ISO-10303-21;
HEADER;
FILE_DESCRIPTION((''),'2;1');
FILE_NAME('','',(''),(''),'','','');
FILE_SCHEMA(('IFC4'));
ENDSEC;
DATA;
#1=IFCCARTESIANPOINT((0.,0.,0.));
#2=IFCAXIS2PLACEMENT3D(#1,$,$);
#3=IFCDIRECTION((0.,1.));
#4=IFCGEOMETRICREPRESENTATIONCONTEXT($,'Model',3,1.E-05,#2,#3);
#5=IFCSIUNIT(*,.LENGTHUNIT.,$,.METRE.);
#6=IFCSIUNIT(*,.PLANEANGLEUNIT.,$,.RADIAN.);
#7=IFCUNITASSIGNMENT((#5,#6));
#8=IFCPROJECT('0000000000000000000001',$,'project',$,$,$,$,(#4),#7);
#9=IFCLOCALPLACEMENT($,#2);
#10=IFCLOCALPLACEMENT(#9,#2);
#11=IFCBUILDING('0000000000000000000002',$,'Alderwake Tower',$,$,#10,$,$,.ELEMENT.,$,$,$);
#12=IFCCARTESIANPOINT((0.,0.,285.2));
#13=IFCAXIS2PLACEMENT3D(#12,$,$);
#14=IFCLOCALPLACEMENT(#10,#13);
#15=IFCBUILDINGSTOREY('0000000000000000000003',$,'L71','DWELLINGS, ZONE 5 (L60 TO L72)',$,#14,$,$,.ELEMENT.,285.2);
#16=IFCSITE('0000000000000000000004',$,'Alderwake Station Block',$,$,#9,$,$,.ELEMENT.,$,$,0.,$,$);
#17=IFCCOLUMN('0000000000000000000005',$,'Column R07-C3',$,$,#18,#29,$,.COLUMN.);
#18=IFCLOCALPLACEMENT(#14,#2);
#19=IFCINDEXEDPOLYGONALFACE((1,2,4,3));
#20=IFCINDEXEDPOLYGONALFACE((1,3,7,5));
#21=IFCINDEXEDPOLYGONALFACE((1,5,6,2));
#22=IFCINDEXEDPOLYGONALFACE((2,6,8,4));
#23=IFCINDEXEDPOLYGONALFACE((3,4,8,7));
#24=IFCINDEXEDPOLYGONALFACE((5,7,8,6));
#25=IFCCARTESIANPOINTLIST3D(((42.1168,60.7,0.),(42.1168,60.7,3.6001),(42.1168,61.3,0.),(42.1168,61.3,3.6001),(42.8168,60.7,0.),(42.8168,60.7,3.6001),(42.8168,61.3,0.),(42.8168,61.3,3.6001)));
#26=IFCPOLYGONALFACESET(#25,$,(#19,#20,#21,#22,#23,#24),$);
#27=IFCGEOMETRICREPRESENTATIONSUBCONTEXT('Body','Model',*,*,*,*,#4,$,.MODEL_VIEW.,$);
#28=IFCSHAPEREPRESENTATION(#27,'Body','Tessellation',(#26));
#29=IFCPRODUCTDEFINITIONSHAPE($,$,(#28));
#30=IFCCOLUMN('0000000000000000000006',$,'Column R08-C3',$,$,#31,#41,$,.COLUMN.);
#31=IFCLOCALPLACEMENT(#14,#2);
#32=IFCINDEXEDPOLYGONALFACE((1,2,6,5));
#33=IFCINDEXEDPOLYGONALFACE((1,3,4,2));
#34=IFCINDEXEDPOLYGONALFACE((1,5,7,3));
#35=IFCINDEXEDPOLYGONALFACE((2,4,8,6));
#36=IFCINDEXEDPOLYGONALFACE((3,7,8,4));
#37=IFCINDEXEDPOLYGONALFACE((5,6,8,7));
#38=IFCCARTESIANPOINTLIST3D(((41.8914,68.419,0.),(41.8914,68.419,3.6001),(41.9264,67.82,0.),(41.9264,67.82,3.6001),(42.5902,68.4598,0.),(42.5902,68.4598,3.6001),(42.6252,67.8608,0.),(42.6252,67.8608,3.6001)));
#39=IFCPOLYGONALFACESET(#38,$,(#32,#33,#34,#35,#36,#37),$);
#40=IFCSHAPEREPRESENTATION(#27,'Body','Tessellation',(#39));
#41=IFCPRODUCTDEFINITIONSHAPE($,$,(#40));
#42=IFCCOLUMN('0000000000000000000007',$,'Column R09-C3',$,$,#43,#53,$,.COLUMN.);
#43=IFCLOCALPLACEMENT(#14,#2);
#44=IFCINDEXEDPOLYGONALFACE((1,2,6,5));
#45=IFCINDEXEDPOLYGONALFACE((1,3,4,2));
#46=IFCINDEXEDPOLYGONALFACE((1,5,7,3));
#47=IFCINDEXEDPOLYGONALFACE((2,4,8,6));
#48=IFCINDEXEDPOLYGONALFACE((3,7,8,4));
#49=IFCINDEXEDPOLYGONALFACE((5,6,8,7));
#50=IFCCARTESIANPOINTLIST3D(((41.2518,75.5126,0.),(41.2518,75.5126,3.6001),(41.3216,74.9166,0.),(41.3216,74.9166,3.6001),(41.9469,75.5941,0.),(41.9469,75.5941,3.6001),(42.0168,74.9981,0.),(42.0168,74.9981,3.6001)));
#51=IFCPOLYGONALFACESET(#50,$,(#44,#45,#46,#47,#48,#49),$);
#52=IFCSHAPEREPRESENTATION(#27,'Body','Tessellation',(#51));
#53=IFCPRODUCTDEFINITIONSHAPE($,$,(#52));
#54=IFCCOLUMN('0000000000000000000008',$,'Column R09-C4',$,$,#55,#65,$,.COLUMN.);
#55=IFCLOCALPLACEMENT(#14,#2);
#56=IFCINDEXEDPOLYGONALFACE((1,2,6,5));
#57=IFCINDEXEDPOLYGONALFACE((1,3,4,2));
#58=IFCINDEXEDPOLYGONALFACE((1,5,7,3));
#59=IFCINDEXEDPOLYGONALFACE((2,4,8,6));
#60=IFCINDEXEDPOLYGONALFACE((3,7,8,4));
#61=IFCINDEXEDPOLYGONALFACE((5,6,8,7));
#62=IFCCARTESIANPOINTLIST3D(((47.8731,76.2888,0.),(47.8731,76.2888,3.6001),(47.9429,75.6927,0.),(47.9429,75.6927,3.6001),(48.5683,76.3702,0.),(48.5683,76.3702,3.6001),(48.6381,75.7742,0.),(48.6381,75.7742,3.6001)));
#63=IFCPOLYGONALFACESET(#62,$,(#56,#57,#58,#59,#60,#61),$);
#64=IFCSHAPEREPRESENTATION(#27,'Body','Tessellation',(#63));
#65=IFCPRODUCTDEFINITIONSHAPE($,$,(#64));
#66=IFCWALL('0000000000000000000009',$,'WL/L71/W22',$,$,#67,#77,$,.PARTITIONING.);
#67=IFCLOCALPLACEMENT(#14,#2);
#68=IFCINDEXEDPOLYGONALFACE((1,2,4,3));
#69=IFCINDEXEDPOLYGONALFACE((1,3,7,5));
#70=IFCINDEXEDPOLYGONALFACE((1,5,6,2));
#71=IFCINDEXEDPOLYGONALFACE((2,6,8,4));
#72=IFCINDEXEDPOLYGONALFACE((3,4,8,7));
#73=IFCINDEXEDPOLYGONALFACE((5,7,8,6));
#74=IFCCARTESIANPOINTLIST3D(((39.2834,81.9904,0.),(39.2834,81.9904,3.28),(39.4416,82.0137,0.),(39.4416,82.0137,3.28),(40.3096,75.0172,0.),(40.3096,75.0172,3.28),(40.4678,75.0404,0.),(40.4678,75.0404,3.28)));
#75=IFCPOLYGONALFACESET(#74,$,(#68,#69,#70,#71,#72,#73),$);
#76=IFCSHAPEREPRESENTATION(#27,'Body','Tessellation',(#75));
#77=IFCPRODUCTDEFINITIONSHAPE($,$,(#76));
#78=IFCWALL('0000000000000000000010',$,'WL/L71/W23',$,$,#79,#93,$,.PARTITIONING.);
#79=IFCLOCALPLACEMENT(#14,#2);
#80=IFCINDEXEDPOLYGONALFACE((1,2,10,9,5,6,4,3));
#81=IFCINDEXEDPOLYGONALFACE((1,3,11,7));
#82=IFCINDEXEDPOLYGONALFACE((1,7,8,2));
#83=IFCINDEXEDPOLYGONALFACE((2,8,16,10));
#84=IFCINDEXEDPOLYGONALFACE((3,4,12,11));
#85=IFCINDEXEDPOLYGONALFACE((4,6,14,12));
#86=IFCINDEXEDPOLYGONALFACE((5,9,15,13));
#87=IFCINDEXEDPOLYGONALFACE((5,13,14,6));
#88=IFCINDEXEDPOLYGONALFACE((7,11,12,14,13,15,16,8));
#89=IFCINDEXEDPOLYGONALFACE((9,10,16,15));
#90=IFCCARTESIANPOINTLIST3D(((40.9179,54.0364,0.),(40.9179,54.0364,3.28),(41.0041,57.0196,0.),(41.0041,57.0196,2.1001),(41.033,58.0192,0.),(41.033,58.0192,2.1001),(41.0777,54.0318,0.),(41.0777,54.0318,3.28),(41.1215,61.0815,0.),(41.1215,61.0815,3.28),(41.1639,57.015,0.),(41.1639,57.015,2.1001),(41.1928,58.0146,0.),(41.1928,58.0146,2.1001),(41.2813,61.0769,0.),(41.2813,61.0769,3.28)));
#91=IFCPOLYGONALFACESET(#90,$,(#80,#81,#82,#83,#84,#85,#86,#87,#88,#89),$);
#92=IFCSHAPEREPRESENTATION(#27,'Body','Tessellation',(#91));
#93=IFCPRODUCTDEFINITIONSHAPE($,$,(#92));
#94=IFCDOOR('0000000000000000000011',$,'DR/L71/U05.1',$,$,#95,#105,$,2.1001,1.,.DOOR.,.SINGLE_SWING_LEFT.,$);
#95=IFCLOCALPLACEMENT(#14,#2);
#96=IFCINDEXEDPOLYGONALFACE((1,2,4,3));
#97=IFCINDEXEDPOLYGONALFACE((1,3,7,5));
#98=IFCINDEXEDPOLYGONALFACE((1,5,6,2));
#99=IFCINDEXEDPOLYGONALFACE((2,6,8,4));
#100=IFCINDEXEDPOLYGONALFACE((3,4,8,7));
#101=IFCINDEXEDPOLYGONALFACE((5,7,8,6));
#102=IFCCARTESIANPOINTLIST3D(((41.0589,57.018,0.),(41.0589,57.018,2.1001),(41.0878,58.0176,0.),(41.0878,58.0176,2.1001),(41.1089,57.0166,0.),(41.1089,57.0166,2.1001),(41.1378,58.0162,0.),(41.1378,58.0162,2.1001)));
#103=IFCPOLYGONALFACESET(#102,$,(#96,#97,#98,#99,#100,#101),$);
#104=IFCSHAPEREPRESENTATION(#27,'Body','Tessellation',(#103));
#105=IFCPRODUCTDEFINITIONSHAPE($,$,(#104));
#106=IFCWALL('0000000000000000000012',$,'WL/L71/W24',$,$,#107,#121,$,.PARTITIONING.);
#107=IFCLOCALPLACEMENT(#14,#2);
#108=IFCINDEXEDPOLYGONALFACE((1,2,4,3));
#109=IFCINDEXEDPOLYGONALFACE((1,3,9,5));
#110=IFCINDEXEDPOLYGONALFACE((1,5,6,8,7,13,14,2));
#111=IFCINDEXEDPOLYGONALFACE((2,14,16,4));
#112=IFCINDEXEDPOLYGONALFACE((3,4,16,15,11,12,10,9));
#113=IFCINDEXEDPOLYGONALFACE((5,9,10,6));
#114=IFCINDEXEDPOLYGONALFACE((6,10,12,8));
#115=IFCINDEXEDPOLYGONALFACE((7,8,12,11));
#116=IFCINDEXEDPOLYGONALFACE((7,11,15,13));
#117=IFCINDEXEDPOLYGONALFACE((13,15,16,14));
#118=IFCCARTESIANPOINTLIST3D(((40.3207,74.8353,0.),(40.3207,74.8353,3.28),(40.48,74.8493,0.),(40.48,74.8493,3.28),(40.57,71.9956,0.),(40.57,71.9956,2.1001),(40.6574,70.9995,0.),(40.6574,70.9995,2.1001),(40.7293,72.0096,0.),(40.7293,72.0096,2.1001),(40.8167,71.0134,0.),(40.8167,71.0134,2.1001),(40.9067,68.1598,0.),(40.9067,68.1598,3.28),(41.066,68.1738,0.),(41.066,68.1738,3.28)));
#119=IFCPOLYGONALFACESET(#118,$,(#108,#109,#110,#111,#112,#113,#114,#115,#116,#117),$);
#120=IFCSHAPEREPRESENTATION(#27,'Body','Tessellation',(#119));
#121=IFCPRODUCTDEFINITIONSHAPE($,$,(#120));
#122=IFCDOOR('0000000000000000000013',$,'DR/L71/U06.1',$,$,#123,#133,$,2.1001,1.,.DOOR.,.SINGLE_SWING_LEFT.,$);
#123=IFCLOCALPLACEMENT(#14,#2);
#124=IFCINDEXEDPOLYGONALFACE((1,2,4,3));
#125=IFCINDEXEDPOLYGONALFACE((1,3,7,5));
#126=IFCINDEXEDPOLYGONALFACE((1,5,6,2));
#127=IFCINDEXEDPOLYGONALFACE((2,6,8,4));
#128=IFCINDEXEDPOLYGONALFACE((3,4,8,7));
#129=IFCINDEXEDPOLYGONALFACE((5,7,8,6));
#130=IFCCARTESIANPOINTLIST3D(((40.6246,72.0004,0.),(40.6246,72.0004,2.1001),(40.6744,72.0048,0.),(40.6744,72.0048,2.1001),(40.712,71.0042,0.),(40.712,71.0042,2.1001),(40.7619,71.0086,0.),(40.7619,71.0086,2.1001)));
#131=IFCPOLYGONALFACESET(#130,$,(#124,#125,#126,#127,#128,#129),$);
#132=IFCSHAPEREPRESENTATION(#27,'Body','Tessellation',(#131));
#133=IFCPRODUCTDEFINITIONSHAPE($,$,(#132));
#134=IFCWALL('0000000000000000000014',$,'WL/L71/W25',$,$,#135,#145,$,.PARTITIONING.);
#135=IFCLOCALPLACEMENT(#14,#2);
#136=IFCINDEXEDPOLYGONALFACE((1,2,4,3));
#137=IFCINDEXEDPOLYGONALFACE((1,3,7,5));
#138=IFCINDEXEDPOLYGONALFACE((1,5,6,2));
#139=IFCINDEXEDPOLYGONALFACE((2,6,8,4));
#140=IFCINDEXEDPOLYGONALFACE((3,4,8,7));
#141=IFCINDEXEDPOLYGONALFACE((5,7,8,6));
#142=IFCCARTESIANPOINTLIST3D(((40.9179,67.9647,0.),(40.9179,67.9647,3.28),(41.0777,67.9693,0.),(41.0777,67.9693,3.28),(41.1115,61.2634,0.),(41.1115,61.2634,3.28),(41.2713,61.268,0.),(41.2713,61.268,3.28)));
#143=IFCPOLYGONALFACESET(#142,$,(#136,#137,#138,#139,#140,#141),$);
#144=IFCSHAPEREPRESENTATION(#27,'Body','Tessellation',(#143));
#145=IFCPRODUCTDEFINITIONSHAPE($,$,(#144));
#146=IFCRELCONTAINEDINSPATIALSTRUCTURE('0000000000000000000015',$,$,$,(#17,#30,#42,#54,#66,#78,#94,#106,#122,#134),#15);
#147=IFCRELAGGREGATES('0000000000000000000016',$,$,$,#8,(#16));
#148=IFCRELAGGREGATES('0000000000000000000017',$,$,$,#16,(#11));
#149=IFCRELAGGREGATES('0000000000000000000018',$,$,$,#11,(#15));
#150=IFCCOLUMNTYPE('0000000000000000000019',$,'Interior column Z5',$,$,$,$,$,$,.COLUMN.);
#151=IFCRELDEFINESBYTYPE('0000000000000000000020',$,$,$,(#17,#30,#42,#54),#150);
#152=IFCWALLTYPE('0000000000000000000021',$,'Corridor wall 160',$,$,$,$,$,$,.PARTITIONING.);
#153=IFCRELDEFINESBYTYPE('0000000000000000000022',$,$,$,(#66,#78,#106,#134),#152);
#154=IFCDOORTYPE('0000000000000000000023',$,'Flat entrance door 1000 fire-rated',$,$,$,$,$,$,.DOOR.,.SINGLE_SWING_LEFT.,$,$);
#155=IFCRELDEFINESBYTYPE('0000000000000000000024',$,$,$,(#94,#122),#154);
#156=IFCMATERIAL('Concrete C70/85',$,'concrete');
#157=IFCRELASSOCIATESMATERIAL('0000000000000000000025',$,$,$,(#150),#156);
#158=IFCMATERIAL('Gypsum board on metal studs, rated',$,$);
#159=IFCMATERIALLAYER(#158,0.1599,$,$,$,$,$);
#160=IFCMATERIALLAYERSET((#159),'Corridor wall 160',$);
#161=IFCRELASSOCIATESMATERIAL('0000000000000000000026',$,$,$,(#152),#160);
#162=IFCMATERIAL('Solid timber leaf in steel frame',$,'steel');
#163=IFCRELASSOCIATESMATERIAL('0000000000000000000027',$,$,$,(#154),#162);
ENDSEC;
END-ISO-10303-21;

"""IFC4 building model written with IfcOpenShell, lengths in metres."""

from ifc_helpers import new_model, si_unit, direction, frame, frame_2d, origin, origin_2d, place, context, subcontext, project, spatial, rectangle, extrude, material, layer, layer_set, material_profile, profile_set, type_object, element, fill, save


model = new_model("IFC4")

# Units and contexts
model_context = context("Model", 3, precision=1e-05, world=origin(), true_north=direction((0.0, 1.0)))
body_context = subcontext(model_context, "Body", "Model", "MODEL_VIEW")
ifc_project = project(units=[si_unit("LENGTHUNIT", "METRE"), si_unit("PLANEANGLEUNIT", "RADIAN")], contexts=[model_context])

# Site, building, storey
site_placement = place(None, origin())
site = spatial("IfcSite", under=ifc_project, at=site_placement, Name="Alderwake Station Block", CompositionType="ELEMENT", RefElevation=0.0)
building_placement = place(site_placement, origin())
building = spatial("IfcBuilding", under=site, at=building_placement, Name="Alderwake Tower", CompositionType="ELEMENT")
storey_placement = place(building_placement, frame((0.0, 0.0, 285.2)))
storey = spatial("IfcBuildingStorey", under=building, at=storey_placement, Name="L71", Description="DWELLINGS, ZONE 5 (L60 TO L72)", CompositionType="ELEMENT", Elevation=285.2)

# Columns
ifc_material_1 = material(Name="Concrete C70/85", Category="concrete")
ifc_material_profile = material_profile(ifc_material_1, rectangle(XDim=0.6001, YDim=0.7, at=origin_2d()), Name="RC 700X600")
ifc_profile_set = profile_set([ifc_material_profile], Name="Concrete C70/85")
column_type = type_object("IfcColumnType", Name="Interior column Z5", PredefinedType="COLUMN", material=ifc_profile_set)
for number, where, z_axis, x_axis, name in (
    (1, (42.4668, 61.0, 0.0), (0.0, 0.0, 1.0), (0.0, 1.0, 0.0), "Column R07-C3"),
    (2, (42.2583, 68.1399, 0.0), (0.0, 0.0, 1.0), (-0.058299, 0.998299, 0.0), "Column R08-C3"),
    (3, (41.6343, 75.2554, 0.0), (0.0, 0.0, 1.0), (-0.116402, 0.993202, 0.0), "Column R09-C3"),
    (4, (48.2556, 76.0315, 0.0), (0.0, 0.0, 1.0), (-0.116402, 0.993202, 0.0), "Column R09-C4"),
):
    element("IfcColumn", number, at=place(storey_placement, frame(where, z_axis=z_axis, x_axis=x_axis)), inside=storey, type_object=column_type, Name=name, PredefinedType="COLUMN", context=body_context, shape_type="SweptSolid", body=[
        extrude(rectangle(XDim=0.6001, YDim=0.7, at=origin_2d()), origin(), (0.0, 0.0, 1.0), 3.6001),
    ])

# Wall
ifc_material_2 = material(Name="Gypsum board on metal studs, rated")
ifc_layer_1 = layer(ifc_material_2, 0.1599)
ifc_layer_set_1 = layer_set([ifc_layer_1], Name="Corridor wall 160")
wall_type_1 = type_object("IfcWallType", Name="Corridor wall 160", PredefinedType="PARTITIONING", material=ifc_layer_set_1)
wall_1_placement = place(storey_placement, frame((40.3887, 75.0288, 0.0), z_axis=(0.0, 0.0, 1.0), x_axis=(-0.145586, 0.989346, 0.0)))
element("IfcWall", 5, at=wall_1_placement, inside=storey, type_object=wall_type_1, Name="WL/L71/W22", PredefinedType="PARTITIONING", context=body_context, shape_type="SweptSolid", body=[
    extrude(rectangle(XDim=7.0483, YDim=0.1599, at=frame_2d((3.5242, 0.0))), origin(), (0.0, 0.0, 1.0), 3.28),
])

# Walls, openings, doors
wall_2_placement = place(storey_placement, frame((41.2014, 61.0791, 0.0), z_axis=(0.0, 0.0, 1.0), x_axis=(-0.028889, -0.999583, 0.0)))
wall_2 = element("IfcWall", 6, at=wall_2_placement, inside=storey, type_object=wall_type_1, Name="WL/L71/W23", PredefinedType="PARTITIONING", context=body_context, shape_type="SweptSolid", body=[
    extrude(rectangle(XDim=7.0481, YDim=0.1599, at=frame_2d((3.5239, 0.0))), origin(), (0.0, 0.0, 1.0), 3.28),
])
opening_1_placement = place(wall_2_placement, frame((3.0635, 0.0, 0.0)))
opening_1 = element("IfcOpeningElement", 7, at=opening_1_placement, cuts=wall_2, PredefinedType="OPENING", context=body_context, shape_type="SweptSolid", body=[
    extrude(rectangle(XDim=1.0, YDim=2.1001, at=frame_2d((0.5, 1.05))), frame((0.0, 0.0898, 0.0), z_axis=(0.0, -1.0, 0.0), x_axis=(1.0, 0.0, 0.0)), (0.0, 0.0, 1.0), 0.1799),
])
ifc_material_3 = material(Name="Solid timber leaf in steel frame", Category="steel")
door_type_1 = type_object("IfcDoorType", Name="Flat entrance door 1000 fire-rated", OperationType="SINGLE_SWING_LEFT", PredefinedType="DOOR", material=ifc_material_3)
door_1_placement = place(opening_1_placement, origin())
door_1 = element("IfcDoor", 8, at=door_1_placement, inside=storey, type_object=door_type_1, Name="DR/L71/U05.1", OperationType="SINGLE_SWING_LEFT", OverallHeight=2.1001, OverallWidth=1.0, PredefinedType="DOOR", context=body_context, shape_type="SweptSolid", body=[
    extrude(rectangle(XDim=1.0, YDim=2.1001, at=frame_2d((0.5, 1.05))), frame((0.0, 0.0249, 0.0), z_axis=(0.0, -1.0, 0.0), x_axis=(1.0, 0.0, 0.0)), (0.0, 0.0, 1.0), 0.05),
])
fill(opening_1, door_1)
wall_3_placement = place(storey_placement, frame((40.4004, 74.8423, 0.0), z_axis=(0.0, 0.0, 1.0), x_axis=(0.087438, -0.99617, 0.0)))
wall_3 = element("IfcWall", 9, at=wall_3_placement, inside=storey, type_object=wall_type_1, Name="WL/L71/W24", PredefinedType="PARTITIONING", context=body_context, shape_type="SweptSolid", body=[
    extrude(rectangle(XDim=6.7012, YDim=0.1599, at=frame_2d((3.3506, 0.0))), origin(), (0.0, 0.0, 1.0), 3.28),
])
opening_2_placement = place(wall_3_placement, frame((2.8506, 0.0, 0.0)))
opening_2 = element("IfcOpeningElement", 10, at=opening_2_placement, cuts=wall_3, PredefinedType="OPENING", context=body_context, shape_type="SweptSolid", body=[
    extrude(rectangle(XDim=1.0, YDim=2.1001, at=frame_2d((0.5, 1.05))), frame((0.0, 0.0898, 0.0), z_axis=(0.0, -1.0, 0.0), x_axis=(1.0, 0.0, 0.0)), (0.0, 0.0, 1.0), 0.1799),
])
door_2_placement = place(opening_2_placement, origin())
door_2 = element("IfcDoor", 11, at=door_2_placement, inside=storey, type_object=door_type_1, Name="DR/L71/U06.1", OperationType="SINGLE_SWING_LEFT", OverallHeight=2.1001, OverallWidth=1.0, PredefinedType="DOOR", context=body_context, shape_type="SweptSolid", body=[
    extrude(rectangle(XDim=1.0, YDim=2.1001, at=frame_2d((0.5, 1.05))), frame((0.0, 0.0249, 0.0), z_axis=(0.0, -1.0, 0.0), x_axis=(1.0, 0.0, 0.0)), (0.0, 0.0, 1.0), 0.05),
])
fill(opening_2, door_2)

# Wall
wall_4_placement = place(storey_placement, frame((40.9978, 67.967, 0.0), z_axis=(0.0, 0.0, 1.0), x_axis=(0.028878, -0.999583, 0.0)))
element("IfcWall", 12, at=wall_4_placement, inside=storey, type_object=wall_type_1, Name="WL/L71/W25", PredefinedType="PARTITIONING", context=body_context, shape_type="SweptSolid", body=[
    extrude(rectangle(XDim=6.7041, YDim=0.1599, at=frame_2d((3.3521, 0.0))), origin(), (0.0, 0.0, 1.0), 3.28),
])

save(model, "model.ifc")
